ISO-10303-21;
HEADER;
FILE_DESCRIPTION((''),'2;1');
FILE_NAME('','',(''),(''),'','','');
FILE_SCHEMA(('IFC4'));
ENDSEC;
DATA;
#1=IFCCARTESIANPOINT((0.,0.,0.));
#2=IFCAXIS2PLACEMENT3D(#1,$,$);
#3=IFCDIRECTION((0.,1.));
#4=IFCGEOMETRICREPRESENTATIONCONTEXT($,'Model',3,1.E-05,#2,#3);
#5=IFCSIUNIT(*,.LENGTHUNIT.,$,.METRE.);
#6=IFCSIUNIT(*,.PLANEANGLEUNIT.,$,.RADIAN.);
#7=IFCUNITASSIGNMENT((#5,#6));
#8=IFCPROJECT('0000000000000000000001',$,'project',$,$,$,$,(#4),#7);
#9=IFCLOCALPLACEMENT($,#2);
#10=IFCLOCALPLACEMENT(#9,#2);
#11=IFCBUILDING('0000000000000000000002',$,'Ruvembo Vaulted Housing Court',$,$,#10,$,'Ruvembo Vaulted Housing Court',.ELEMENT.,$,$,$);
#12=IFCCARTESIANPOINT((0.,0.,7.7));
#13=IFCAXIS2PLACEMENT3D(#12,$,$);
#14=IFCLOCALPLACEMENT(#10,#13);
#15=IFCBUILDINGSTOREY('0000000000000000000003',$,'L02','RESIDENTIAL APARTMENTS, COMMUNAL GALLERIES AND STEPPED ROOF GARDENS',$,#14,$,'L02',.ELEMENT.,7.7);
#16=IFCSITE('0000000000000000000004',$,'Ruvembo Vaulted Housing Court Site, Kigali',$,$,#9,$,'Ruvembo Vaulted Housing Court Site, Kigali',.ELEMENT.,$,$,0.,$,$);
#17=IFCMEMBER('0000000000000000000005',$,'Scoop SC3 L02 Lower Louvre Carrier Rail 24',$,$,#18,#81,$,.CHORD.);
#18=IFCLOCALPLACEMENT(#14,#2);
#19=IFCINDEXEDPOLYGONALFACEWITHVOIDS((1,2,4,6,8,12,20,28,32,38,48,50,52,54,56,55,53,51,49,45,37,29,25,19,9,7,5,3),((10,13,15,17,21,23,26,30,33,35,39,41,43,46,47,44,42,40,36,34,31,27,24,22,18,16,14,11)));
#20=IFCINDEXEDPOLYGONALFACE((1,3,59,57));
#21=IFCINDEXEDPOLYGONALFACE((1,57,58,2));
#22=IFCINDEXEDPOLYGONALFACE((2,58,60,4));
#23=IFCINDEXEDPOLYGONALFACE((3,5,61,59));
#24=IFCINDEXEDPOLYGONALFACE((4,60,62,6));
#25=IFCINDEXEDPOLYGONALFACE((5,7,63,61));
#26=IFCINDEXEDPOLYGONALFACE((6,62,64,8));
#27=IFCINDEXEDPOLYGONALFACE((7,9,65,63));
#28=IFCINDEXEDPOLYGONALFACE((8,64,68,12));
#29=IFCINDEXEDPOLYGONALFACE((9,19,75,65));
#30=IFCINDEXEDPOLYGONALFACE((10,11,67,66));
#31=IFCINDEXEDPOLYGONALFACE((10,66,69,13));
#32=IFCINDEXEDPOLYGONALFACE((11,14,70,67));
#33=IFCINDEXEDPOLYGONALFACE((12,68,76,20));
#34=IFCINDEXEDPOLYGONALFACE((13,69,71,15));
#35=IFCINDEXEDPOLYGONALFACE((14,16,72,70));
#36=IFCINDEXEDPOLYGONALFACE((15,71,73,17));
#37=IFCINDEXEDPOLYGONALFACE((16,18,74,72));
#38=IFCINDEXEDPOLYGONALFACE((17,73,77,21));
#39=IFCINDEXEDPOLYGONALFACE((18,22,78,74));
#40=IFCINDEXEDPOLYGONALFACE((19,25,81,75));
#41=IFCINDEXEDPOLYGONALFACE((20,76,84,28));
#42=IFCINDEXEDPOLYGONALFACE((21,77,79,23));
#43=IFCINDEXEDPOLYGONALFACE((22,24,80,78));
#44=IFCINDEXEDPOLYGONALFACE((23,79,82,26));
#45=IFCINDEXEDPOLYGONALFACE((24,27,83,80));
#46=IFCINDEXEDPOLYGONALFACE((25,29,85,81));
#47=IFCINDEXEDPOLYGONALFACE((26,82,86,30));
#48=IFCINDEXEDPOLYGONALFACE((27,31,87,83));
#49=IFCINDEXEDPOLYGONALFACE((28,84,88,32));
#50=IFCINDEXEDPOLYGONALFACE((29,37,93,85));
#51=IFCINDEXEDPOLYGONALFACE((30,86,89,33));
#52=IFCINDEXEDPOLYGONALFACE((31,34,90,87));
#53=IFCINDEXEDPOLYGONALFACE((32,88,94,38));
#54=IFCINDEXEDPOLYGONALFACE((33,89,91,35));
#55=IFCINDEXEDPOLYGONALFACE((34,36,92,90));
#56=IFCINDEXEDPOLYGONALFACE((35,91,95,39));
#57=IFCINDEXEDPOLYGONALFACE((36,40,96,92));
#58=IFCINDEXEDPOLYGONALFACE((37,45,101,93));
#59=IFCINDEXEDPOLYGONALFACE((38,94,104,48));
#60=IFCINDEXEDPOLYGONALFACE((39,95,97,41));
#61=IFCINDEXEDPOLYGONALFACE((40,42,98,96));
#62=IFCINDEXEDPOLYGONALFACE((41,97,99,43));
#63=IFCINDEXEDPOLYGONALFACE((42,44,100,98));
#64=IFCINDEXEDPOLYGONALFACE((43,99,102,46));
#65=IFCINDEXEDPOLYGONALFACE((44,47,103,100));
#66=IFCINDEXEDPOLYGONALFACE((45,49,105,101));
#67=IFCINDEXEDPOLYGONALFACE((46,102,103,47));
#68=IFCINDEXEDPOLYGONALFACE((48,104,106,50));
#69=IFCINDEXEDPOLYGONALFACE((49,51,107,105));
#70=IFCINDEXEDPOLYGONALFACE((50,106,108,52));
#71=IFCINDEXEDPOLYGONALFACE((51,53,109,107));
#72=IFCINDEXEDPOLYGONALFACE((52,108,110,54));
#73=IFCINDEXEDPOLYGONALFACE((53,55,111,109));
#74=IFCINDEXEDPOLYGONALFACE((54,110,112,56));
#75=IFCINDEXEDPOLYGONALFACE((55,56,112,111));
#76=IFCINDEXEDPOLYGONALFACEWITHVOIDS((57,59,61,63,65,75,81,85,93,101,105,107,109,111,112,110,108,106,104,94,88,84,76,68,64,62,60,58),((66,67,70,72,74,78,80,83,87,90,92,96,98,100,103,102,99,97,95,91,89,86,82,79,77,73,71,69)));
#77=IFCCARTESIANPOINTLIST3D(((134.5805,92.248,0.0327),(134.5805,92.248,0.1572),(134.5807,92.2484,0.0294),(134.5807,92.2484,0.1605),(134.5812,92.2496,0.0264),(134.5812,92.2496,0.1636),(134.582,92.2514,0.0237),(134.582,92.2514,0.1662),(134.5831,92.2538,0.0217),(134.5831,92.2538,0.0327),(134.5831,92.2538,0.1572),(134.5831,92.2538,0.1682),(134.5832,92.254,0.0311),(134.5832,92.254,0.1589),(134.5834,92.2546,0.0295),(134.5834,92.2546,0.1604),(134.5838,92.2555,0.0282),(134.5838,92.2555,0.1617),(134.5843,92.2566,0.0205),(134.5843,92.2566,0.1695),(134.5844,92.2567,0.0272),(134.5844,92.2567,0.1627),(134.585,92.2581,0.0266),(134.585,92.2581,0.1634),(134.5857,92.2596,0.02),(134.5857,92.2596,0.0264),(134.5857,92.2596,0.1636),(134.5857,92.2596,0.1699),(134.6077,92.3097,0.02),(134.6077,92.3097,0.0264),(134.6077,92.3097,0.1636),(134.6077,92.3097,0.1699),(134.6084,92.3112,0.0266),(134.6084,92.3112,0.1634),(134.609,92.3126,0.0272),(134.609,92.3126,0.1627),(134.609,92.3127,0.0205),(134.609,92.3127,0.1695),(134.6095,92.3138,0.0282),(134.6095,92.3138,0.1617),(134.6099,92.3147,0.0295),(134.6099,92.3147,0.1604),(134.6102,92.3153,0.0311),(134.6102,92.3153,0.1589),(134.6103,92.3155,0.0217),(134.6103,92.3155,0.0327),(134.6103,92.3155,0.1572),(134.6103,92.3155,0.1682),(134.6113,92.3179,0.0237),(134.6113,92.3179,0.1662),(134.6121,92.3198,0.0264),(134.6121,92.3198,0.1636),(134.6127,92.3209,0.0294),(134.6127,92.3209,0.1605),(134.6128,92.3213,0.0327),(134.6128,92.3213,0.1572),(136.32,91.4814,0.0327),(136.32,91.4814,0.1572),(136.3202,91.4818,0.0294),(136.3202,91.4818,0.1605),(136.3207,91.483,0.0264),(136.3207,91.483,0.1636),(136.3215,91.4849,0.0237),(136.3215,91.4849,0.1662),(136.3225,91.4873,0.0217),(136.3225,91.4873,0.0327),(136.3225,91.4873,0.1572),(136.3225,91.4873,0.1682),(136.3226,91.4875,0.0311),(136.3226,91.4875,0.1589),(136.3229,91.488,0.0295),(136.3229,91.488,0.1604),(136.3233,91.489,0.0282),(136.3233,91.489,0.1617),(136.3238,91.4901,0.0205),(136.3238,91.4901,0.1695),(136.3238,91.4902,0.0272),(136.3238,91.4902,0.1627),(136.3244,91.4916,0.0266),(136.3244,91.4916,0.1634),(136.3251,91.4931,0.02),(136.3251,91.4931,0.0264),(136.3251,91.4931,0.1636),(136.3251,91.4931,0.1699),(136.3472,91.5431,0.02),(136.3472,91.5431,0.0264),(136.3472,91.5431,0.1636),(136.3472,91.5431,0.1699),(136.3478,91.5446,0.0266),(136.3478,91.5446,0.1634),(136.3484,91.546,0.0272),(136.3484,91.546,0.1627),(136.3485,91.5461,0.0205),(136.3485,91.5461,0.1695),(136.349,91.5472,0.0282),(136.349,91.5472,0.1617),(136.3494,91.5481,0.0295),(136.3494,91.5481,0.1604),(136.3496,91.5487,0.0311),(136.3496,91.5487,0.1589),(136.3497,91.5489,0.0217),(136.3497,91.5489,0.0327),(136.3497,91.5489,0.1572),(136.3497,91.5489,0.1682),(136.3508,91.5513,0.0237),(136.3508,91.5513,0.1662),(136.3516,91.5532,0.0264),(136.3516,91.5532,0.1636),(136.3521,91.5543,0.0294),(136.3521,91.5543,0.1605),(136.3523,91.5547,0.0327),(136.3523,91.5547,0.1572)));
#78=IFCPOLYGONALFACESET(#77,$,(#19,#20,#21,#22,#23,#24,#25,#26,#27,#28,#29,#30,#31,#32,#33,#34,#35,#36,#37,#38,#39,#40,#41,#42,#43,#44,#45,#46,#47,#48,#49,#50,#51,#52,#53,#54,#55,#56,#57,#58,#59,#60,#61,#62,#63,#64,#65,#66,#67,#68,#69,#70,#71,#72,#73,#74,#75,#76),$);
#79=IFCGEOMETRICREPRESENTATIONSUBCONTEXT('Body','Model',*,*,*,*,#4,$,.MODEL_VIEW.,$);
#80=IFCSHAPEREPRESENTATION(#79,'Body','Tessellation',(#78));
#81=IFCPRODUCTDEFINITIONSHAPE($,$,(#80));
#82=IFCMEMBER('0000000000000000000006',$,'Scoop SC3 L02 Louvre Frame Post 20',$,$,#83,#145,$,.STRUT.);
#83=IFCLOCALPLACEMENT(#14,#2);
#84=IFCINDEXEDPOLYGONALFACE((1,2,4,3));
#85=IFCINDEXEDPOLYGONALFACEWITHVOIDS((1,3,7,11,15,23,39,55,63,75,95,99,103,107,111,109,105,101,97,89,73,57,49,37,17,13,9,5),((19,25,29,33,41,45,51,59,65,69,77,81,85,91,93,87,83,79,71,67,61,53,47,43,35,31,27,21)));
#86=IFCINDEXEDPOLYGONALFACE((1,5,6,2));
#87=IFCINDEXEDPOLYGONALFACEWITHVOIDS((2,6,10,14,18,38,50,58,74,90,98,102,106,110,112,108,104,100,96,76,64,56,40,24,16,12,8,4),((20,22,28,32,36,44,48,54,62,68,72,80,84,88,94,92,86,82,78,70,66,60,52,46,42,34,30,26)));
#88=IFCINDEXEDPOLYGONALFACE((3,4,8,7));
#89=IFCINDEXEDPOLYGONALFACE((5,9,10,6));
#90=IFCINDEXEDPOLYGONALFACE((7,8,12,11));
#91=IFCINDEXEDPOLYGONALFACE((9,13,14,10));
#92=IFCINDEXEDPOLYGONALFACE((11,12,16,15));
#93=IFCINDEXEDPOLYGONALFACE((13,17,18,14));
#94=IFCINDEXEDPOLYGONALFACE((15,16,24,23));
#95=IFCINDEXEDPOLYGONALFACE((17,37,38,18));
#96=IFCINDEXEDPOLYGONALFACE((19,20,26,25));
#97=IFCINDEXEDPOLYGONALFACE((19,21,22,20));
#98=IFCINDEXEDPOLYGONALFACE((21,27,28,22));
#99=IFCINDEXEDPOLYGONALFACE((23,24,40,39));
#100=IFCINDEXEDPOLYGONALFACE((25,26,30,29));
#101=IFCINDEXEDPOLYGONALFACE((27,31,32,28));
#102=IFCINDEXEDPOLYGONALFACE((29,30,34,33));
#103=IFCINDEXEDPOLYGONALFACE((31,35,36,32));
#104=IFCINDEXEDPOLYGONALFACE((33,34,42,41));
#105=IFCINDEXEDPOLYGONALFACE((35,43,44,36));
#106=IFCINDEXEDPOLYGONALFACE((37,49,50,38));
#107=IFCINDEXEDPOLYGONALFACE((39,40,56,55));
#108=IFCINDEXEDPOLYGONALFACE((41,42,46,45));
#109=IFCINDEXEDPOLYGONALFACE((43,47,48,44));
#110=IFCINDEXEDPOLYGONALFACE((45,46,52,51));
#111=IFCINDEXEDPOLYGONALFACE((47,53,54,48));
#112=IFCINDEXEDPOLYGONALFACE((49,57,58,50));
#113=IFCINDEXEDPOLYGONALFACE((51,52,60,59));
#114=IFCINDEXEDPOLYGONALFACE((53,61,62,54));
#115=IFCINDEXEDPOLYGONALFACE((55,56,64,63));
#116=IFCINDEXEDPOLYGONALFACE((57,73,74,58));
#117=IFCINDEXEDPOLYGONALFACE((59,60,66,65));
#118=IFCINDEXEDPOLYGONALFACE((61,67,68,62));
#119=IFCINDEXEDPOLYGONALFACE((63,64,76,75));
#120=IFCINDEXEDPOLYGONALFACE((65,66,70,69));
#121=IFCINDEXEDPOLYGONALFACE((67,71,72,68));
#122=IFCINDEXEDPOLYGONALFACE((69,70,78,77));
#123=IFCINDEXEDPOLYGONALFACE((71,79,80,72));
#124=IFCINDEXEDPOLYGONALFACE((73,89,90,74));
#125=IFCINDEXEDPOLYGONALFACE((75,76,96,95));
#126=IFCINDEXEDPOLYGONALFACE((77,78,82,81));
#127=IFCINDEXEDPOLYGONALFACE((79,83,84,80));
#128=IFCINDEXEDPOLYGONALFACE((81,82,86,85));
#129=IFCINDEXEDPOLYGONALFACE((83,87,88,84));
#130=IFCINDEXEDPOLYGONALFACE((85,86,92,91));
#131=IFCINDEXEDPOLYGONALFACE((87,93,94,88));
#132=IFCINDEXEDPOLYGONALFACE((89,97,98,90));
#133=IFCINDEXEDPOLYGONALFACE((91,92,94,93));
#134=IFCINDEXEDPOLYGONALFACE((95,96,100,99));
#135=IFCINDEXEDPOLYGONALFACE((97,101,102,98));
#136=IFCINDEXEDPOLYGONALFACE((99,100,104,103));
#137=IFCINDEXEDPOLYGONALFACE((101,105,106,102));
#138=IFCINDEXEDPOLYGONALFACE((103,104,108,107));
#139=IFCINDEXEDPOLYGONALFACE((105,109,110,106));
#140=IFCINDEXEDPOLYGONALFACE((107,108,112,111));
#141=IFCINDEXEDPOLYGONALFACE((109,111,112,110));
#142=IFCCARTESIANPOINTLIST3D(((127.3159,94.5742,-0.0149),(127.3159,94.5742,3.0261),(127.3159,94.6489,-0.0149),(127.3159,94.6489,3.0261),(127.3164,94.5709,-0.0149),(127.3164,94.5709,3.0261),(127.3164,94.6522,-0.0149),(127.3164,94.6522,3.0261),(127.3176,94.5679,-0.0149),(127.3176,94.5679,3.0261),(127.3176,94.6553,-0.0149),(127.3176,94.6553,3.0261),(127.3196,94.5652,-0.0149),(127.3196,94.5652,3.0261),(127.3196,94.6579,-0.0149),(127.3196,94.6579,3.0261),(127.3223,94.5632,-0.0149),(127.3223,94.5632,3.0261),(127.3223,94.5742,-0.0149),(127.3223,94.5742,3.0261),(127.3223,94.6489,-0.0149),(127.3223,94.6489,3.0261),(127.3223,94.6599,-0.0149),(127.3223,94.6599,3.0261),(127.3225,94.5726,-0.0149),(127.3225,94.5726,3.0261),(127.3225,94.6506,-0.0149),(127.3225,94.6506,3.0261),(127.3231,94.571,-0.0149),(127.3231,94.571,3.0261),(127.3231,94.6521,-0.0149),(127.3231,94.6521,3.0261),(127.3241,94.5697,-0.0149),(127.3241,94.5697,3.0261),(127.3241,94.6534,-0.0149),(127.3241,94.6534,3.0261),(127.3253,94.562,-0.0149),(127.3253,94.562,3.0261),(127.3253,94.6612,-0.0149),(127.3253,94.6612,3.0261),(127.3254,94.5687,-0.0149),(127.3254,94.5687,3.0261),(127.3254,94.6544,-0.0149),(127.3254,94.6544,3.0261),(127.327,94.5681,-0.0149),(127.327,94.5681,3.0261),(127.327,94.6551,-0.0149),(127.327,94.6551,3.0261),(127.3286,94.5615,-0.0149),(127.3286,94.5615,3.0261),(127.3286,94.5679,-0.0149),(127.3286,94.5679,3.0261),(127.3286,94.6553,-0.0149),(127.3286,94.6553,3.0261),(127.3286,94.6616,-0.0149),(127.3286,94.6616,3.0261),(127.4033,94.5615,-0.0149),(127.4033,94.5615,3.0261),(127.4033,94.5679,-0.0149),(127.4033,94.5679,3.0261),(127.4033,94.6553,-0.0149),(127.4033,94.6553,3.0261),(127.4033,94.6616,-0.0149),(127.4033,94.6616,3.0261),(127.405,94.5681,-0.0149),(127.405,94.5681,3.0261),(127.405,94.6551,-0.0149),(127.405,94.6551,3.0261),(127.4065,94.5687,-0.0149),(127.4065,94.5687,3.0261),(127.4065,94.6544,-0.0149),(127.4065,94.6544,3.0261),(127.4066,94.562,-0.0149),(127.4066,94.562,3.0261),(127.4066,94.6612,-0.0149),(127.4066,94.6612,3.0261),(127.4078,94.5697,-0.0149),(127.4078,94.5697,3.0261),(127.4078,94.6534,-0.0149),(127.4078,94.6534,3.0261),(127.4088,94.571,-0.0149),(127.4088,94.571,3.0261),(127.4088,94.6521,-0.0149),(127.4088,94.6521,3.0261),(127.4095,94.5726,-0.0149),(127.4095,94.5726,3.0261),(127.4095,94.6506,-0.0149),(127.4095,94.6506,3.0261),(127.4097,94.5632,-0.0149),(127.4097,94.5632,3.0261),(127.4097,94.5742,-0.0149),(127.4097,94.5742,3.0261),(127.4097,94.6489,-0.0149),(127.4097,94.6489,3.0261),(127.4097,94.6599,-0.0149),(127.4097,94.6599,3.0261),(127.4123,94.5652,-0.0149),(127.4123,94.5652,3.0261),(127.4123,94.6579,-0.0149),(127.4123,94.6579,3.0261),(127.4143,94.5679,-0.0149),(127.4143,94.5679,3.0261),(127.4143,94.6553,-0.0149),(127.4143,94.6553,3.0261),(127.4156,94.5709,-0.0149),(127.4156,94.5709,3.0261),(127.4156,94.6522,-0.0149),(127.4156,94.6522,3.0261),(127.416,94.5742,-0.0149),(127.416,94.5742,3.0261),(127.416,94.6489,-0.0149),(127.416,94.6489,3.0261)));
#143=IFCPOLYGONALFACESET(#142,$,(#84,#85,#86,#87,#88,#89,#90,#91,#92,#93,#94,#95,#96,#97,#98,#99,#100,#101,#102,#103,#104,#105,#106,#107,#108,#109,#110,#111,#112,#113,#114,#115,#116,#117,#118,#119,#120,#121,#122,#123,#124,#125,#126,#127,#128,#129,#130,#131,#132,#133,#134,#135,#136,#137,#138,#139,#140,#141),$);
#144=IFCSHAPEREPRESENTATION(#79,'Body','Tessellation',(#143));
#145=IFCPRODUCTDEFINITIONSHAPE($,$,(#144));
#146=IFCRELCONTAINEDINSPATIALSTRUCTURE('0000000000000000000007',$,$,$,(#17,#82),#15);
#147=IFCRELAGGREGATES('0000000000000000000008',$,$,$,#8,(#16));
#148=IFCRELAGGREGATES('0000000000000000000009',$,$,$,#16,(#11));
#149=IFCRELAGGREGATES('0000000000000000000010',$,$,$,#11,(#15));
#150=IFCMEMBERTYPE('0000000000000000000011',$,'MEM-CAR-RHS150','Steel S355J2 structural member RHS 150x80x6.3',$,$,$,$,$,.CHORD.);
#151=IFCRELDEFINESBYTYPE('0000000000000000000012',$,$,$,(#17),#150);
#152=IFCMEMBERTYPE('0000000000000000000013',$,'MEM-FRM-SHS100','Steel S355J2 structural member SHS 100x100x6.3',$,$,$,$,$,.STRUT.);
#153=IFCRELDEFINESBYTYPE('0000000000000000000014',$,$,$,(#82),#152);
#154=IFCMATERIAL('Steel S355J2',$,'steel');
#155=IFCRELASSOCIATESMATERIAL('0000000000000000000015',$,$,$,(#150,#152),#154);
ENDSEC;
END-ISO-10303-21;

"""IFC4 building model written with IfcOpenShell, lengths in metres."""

from ifc_helpers import new_model, si_unit, direction, frame, origin, origin_2d, place, context, subcontext, project, spatial, hollow_rectangle, extrude, material, material_profile, profile_set, type_object, element, save


model = new_model("IFC4")

# Units and contexts
model_context = context("Model", 3, precision=1e-05, world=origin(), true_north=direction((0.0, 1.0)))
body_context = subcontext(model_context, "Body", "Model", "MODEL_VIEW")
ifc_project = project(units=[si_unit("LENGTHUNIT", "METRE"), si_unit("PLANEANGLEUNIT", "RADIAN")], contexts=[model_context])

# Site, building, storey
site_placement = place(None, origin())
site = spatial("IfcSite", under=ifc_project, at=site_placement, Name="Ruvembo Vaulted Housing Court Site, Kigali", LongName="Ruvembo Vaulted Housing Court Site, Kigali", CompositionType="ELEMENT", RefElevation=0.0)
building_placement = place(site_placement, origin())
building = spatial("IfcBuilding", under=site, at=building_placement, Name="Ruvembo Vaulted Housing Court", LongName="Ruvembo Vaulted Housing Court", CompositionType="ELEMENT")
storey_placement = place(building_placement, frame((0.0, 0.0, 7.7)))
storey = spatial("IfcBuildingStorey", under=building, at=storey_placement, Name="L02", Description="RESIDENTIAL APARTMENTS, COMMUNAL GALLERIES AND STEPPED ROOF GARDENS", LongName="L02", CompositionType="ELEMENT", Elevation=7.7)

# Shared definitions
ifc_material_1 = material(Name="Steel S355J2", Category="steel")

# Members
ifc_material_profile_1 = material_profile(ifc_material_1, hollow_rectangle(XDim=0.0801, YDim=0.1499, WallThickness=0.0063, InnerFilletRadius=0.0063, OuterFilletRadius=0.0127, at=origin_2d()), Name="RHS 150x80x6.3")
ifc_profile_set_1 = profile_set([ifc_material_profile_1], Name="Steel S355J2")
member_type_1 = type_object("IfcMemberType", Name="MEM-CAR-RHS150", Description="Steel S355J2 structural member RHS 150x80x6.3", PredefinedType="CHORD", material=ifc_profile_set_1)
for number, where, z_axis, x_axis, name in (
    (1, (134.5967, 92.2847, 0.095), (0.915078, -0.403277, 0.0), (0.403277, 0.915078, 0.0), "Scoop SC3 L02 Lower Louvre Carrier Rail 24"),
):
    element("IfcMember", number, at=place(storey_placement, frame(where, z_axis=z_axis, x_axis=x_axis)), inside=storey, type_object=member_type_1, Name=name, PredefinedType="CHORD", context=body_context, shape_type="SweptSolid", body=[
        extrude(hollow_rectangle(XDim=0.0801, YDim=0.1499, WallThickness=0.0063, InnerFilletRadius=0.0063, OuterFilletRadius=0.0127, at=origin_2d()), origin(), (0.0, 0.0, 1.0), 1.9009),
    ])
ifc_material_profile_2 = material_profile(ifc_material_1, hollow_rectangle(XDim=0.1001, YDim=0.1001, WallThickness=0.0063, InnerFilletRadius=0.0063, OuterFilletRadius=0.0127, at=origin_2d()), Name="SHS 100x100x6.3")
ifc_profile_set_2 = profile_set([ifc_material_profile_2], Name="Steel S355J2")
member_type_2 = type_object("IfcMemberType", Name="MEM-FRM-SHS100", Description="Steel S355J2 structural member SHS 100x100x6.3", PredefinedType="STRUT", material=ifc_profile_set_2)
for number, where, z_axis, x_axis, name in (
    (2, (127.366, 94.6116, -0.0149), (0.0, 0.0, 1.0), (1.0, 0.0, 0.0), "Scoop SC3 L02 Louvre Frame Post 20"),
):
    element("IfcMember", number, at=place(storey_placement, frame(where, z_axis=z_axis, x_axis=x_axis)), inside=storey, type_object=member_type_2, Name=name, PredefinedType="STRUT", context=body_context, shape_type="SweptSolid", body=[
        extrude(hollow_rectangle(XDim=0.1001, YDim=0.1001, WallThickness=0.0063, InnerFilletRadius=0.0063, OuterFilletRadius=0.0127, at=origin_2d()), origin(), (0.0, 0.0, 1.0), 3.041),
    ])

save(model, "model.ifc")
